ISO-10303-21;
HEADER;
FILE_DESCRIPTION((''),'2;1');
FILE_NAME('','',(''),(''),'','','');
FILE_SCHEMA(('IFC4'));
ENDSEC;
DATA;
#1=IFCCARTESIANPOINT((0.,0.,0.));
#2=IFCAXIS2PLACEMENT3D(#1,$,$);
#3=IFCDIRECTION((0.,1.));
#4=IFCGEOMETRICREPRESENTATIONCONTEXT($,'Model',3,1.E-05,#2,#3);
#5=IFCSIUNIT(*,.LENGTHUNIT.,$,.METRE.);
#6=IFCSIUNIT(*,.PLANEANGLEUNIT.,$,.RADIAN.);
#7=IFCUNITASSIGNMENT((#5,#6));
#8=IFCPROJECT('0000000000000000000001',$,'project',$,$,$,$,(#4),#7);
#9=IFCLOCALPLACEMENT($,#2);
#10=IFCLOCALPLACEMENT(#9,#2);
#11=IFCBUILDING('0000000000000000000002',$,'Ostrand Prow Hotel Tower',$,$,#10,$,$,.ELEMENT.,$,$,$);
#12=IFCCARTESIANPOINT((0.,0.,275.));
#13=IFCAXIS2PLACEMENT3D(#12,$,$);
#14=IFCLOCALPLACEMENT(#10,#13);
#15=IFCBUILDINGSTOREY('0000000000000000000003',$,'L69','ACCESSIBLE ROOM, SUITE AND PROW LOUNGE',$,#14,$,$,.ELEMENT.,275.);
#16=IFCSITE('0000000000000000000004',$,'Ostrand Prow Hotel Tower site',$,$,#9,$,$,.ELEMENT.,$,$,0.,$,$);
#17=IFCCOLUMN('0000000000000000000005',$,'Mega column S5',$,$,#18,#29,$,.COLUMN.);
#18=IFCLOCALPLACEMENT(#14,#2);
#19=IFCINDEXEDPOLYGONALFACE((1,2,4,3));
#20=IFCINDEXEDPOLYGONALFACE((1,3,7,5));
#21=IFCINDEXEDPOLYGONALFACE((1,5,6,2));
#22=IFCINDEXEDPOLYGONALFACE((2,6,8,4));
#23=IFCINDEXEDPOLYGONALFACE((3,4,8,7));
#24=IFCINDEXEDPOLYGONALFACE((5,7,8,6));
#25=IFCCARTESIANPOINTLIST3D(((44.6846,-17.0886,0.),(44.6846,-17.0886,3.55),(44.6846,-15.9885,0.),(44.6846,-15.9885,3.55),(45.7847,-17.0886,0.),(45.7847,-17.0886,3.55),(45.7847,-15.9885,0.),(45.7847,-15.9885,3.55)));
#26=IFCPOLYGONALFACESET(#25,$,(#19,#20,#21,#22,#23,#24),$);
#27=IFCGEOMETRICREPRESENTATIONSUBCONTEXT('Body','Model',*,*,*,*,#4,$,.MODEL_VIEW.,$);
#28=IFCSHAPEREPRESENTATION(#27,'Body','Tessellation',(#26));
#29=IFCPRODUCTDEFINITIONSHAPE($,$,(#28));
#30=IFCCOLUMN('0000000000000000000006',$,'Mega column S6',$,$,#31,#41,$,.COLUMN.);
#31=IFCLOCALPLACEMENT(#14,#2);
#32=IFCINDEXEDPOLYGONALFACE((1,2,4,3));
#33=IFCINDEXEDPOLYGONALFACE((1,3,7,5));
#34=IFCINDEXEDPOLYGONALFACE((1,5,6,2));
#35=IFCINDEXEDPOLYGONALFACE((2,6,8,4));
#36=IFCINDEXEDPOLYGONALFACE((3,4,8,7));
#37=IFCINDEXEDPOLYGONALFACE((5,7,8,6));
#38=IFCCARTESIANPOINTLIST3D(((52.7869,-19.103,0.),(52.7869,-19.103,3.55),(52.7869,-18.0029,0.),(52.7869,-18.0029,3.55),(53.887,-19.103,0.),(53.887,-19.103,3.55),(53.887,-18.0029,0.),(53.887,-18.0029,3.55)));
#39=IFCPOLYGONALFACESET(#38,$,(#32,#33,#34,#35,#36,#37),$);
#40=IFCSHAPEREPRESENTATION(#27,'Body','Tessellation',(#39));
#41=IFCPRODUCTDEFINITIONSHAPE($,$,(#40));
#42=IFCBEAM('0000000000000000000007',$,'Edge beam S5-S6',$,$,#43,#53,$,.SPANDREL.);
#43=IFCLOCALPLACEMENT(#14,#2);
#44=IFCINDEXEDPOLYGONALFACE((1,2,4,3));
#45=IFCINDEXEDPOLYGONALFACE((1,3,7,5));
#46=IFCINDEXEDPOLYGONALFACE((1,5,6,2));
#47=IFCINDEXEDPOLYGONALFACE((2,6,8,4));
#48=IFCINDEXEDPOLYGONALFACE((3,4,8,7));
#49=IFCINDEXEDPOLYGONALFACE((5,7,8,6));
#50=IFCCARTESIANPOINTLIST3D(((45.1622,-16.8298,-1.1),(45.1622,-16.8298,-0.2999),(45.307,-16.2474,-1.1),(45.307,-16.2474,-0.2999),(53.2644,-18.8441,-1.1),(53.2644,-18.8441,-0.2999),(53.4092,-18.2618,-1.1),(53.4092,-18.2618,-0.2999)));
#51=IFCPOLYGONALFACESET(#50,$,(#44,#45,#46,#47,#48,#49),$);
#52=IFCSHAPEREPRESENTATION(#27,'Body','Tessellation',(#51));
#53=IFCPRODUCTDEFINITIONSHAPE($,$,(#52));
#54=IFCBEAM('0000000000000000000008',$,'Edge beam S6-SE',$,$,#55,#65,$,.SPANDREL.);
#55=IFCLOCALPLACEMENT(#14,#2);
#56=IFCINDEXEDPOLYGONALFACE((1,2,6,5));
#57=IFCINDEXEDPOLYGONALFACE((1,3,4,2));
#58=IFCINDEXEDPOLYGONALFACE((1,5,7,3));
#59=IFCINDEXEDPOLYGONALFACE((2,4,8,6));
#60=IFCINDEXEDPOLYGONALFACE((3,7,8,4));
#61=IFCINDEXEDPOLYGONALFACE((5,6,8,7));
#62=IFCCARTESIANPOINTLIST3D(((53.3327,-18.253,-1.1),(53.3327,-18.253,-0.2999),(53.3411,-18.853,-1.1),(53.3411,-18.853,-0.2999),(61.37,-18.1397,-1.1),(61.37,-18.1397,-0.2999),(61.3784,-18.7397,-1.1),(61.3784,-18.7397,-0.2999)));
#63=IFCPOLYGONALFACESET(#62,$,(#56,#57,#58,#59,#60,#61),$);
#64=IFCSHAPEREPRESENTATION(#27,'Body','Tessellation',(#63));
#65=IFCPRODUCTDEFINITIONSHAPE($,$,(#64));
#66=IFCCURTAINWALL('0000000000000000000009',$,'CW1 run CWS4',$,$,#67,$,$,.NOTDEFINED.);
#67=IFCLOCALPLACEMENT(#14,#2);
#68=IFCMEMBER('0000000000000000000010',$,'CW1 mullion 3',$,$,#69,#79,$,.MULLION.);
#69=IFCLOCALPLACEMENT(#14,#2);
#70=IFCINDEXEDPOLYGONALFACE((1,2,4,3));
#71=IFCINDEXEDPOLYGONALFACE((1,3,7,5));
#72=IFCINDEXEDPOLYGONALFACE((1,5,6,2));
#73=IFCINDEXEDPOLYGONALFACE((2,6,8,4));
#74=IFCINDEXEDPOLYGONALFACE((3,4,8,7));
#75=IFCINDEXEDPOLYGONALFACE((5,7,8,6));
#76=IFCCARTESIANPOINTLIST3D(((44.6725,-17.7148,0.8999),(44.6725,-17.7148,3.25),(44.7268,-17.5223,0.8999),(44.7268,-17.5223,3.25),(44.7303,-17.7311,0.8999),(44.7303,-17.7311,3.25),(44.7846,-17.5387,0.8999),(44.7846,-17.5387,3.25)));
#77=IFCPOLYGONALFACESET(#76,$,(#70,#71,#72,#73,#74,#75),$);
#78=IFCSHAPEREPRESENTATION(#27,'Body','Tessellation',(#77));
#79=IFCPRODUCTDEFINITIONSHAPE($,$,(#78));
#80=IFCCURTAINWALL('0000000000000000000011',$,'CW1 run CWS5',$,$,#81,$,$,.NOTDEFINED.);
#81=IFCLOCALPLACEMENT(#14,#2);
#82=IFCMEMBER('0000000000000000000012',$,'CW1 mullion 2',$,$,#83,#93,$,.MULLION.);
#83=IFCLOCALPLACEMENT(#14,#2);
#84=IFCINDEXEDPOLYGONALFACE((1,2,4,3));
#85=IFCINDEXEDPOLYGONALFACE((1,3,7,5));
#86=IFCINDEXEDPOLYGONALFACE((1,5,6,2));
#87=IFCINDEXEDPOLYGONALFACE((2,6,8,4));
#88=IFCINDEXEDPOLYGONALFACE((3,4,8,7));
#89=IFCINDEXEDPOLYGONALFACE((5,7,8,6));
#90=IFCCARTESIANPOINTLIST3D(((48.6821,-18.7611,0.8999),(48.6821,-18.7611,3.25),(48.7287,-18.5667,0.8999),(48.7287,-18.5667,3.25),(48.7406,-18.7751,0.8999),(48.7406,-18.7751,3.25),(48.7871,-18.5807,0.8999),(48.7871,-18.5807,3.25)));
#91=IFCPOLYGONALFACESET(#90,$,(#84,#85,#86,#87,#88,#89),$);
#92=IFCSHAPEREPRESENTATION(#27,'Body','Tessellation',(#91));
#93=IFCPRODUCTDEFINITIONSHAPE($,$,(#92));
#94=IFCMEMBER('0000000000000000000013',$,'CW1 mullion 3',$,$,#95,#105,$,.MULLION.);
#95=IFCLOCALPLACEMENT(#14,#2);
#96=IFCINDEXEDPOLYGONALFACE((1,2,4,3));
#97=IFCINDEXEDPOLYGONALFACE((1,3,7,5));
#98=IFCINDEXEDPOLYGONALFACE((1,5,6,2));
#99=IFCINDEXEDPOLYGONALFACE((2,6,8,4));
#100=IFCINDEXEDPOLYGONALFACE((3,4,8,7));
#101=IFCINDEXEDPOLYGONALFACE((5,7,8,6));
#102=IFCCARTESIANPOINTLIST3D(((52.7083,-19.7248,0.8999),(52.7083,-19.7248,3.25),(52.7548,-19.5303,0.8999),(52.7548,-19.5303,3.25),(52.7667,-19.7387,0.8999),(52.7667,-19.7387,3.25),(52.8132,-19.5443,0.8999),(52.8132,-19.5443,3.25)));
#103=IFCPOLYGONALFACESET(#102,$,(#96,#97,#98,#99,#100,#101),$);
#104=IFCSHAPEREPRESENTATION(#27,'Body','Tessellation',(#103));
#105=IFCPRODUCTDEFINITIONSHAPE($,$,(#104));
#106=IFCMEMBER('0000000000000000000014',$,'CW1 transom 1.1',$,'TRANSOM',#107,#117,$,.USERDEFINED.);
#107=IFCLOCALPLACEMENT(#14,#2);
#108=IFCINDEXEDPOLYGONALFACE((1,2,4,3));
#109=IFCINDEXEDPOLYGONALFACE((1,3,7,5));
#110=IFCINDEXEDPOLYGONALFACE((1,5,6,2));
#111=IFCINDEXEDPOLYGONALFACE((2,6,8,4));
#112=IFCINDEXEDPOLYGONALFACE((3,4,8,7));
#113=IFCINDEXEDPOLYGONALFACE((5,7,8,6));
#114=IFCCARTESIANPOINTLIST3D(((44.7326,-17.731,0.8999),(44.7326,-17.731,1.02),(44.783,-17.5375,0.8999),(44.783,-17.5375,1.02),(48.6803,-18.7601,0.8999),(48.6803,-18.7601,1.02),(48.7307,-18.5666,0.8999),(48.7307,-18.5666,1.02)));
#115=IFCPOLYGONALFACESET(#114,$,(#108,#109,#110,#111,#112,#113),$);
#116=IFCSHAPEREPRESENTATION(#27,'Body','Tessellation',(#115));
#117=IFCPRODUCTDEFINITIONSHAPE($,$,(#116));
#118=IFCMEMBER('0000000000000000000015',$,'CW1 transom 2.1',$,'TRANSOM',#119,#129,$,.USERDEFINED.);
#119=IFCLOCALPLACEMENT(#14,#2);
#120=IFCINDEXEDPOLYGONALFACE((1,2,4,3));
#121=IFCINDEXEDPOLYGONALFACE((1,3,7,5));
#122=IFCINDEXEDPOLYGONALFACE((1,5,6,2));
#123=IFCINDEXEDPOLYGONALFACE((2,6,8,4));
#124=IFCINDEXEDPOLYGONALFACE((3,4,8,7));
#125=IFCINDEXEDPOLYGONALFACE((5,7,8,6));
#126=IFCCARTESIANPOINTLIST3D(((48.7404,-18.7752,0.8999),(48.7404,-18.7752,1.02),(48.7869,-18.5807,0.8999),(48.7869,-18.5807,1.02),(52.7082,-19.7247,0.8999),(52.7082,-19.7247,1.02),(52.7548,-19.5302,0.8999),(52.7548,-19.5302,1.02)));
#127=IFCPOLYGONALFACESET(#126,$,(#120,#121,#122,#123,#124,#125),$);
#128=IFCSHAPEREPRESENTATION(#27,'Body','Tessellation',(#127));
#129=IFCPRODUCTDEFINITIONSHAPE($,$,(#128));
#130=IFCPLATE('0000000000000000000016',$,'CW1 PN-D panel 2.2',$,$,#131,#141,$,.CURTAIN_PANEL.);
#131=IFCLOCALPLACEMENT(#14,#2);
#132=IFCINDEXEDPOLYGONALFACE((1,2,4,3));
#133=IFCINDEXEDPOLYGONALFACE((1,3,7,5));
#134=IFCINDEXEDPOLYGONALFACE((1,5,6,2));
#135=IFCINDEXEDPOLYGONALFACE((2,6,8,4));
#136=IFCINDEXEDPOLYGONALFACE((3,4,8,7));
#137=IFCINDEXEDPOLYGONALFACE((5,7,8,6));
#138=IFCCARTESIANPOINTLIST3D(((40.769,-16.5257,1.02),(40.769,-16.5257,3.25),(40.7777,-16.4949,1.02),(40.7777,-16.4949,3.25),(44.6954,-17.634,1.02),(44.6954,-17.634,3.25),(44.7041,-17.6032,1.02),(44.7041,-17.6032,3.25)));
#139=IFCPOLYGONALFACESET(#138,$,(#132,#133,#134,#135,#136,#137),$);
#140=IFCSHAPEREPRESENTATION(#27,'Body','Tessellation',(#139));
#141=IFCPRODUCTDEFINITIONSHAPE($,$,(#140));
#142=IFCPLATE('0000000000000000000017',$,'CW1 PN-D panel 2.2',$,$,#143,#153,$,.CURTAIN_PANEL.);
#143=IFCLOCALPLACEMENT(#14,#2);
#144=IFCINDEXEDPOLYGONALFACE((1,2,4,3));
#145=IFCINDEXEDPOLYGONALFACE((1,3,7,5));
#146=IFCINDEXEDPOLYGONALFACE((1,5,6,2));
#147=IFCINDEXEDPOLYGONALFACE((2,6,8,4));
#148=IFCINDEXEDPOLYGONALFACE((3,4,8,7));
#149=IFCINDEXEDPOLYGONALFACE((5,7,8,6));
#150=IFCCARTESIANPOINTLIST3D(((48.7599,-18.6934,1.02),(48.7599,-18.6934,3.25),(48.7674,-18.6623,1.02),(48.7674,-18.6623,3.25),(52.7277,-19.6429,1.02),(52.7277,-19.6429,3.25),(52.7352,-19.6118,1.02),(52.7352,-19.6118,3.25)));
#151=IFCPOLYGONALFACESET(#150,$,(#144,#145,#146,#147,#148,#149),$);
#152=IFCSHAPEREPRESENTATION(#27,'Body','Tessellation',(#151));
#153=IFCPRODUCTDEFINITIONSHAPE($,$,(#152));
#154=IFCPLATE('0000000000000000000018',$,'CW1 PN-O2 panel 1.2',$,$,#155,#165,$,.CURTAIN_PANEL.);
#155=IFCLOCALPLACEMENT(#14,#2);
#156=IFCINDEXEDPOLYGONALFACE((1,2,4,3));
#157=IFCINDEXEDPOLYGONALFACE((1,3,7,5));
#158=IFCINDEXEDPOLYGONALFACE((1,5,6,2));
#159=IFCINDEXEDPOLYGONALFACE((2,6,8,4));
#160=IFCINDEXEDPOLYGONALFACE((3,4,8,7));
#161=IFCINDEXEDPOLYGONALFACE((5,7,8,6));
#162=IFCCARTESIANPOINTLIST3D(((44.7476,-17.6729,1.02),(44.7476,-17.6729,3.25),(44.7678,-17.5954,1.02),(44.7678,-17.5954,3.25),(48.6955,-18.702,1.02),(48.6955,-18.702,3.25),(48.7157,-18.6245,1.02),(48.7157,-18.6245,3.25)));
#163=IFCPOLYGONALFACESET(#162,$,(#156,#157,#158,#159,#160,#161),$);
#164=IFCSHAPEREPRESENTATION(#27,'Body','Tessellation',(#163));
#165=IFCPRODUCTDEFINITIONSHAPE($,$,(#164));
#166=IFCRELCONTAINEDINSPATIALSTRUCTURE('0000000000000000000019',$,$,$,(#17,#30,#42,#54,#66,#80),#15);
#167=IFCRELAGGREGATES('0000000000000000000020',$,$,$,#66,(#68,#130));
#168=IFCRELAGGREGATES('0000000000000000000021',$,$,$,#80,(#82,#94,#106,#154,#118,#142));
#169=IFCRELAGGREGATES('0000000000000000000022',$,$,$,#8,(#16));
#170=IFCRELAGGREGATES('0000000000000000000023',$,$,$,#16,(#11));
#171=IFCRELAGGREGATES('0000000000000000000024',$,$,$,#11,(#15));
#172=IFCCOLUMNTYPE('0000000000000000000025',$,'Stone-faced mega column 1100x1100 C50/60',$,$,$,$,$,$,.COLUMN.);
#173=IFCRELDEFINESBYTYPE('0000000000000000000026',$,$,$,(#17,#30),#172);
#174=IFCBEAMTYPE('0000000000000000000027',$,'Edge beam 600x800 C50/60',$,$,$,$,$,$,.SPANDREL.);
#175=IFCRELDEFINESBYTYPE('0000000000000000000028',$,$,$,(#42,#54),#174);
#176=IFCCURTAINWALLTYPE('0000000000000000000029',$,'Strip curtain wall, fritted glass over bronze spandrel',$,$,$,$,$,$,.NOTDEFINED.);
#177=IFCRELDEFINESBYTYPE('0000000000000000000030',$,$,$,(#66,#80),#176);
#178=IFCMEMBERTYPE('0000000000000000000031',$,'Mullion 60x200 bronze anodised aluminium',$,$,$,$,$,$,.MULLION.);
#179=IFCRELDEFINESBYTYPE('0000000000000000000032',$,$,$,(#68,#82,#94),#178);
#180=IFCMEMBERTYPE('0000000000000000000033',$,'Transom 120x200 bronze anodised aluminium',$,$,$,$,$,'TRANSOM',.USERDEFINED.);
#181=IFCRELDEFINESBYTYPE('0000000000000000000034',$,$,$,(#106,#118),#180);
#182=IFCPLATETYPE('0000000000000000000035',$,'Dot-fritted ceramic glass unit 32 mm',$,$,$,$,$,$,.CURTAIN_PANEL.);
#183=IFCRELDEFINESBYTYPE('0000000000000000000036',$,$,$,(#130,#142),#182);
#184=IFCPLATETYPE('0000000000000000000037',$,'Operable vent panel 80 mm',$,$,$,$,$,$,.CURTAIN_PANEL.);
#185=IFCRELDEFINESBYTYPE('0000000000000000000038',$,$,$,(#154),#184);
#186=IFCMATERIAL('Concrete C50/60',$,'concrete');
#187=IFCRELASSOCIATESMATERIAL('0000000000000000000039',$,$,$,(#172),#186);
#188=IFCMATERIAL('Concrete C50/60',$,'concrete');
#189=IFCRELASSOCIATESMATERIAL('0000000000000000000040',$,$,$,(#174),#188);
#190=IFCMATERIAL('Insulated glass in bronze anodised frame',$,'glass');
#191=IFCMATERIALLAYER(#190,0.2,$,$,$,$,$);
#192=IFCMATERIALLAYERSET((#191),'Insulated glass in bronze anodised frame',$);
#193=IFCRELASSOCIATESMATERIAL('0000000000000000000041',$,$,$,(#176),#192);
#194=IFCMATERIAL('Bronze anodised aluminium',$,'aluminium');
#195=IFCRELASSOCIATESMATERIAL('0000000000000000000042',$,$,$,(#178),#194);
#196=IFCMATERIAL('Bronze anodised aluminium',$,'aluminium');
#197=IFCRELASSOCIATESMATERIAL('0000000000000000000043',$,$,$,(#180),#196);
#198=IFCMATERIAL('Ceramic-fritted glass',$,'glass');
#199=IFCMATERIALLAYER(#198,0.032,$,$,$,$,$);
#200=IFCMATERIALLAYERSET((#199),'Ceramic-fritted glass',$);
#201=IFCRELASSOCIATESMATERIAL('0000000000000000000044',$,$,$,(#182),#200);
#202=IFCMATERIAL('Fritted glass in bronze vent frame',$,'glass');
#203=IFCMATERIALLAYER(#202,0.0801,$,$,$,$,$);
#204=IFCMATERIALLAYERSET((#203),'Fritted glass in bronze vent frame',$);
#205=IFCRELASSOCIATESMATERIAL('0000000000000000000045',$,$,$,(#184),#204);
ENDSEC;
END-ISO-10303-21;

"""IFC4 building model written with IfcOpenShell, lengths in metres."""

from ifc_helpers import new_model, si_unit, direction, frame, origin, origin_2d, place, context, subcontext, project, spatial, rectangle, extrude, material, layer, layer_set, material_profile, profile_set, type_object, element, aggregate, save


model = new_model("IFC4")

# Units and contexts
model_context = context("Model", 3, precision=1e-05, world=origin(), true_north=direction((0.0, 1.0)))
body_context = subcontext(model_context, "Body", "Model", "MODEL_VIEW")
ifc_project = project(units=[si_unit("LENGTHUNIT", "METRE"), si_unit("PLANEANGLEUNIT", "RADIAN")], contexts=[model_context])

# Site, building, storey
site_placement = place(None, origin())
site = spatial("IfcSite", under=ifc_project, at=site_placement, Name="Ostrand Prow Hotel Tower site", CompositionType="ELEMENT", RefElevation=0.0)
building_placement = place(site_placement, origin())
building = spatial("IfcBuilding", under=site, at=building_placement, Name="Ostrand Prow Hotel Tower", CompositionType="ELEMENT")
storey_placement = place(building_placement, frame((0.0, 0.0, 275.0)))
storey = spatial("IfcBuildingStorey", under=building, at=storey_placement, Name="L69", Description="ACCESSIBLE ROOM, SUITE AND PROW LOUNGE", CompositionType="ELEMENT", Elevation=275.0)

# Columns
ifc_material_1 = material(Name="Concrete C50/60", Category="concrete")
ifc_material_profile_1 = material_profile(ifc_material_1, rectangle(XDim=1.1001, YDim=1.1001, at=origin_2d()), Name="RC 1100x1100")
ifc_profile_set_1 = profile_set([ifc_material_profile_1], Name="Concrete C50/60")
column_type = type_object("IfcColumnType", Name="Stone-faced mega column 1100x1100 C50/60", PredefinedType="COLUMN", material=ifc_profile_set_1)
for number, where, z_axis, x_axis, name in (
    (1, (45.2346, -16.5386, 0.0), (0.0, 0.0, 1.0), (1.0, 0.0, 0.0), "Mega column S5"),
    (2, (53.3369, -18.553, 0.0), (0.0, 0.0, 1.0), (1.0, 0.0, 0.0), "Mega column S6"),
):
    element("IfcColumn", number, at=place(storey_placement, frame(where, z_axis=z_axis, x_axis=x_axis)), inside=storey, type_object=column_type, Name=name, PredefinedType="COLUMN", context=body_context, shape_type="SweptSolid", body=[
        extrude(rectangle(XDim=1.1001, YDim=1.1001, at=origin_2d()), origin(), (0.0, 0.0, 1.0), 3.55),
    ])

# Beams
ifc_material_2 = material(Name="Concrete C50/60", Category="concrete")
ifc_material_profile_2 = material_profile(ifc_material_2, rectangle(XDim=0.6001, YDim=0.8, at=origin_2d()), Name="RC 600x800")
ifc_profile_set_2 = profile_set([ifc_material_profile_2], Name="Concrete C50/60")
beam_type = type_object("IfcBeamType", Name="Edge beam 600x800 C50/60", PredefinedType="SPANDREL", material=ifc_profile_set_2)
beam_1_placement = place(storey_placement, frame((45.2346, -16.5386, -0.7), z_axis=(0.970456, -0.241276, 0.0), x_axis=(0.241276, 0.970456, 0.0)))
element("IfcBeam", 3, at=beam_1_placement, inside=storey, type_object=beam_type, Name="Edge beam S5-S6", PredefinedType="SPANDREL", context=body_context, shape_type="SweptSolid", body=[
    extrude(rectangle(XDim=0.6001, YDim=0.8, at=origin_2d()), origin(), (0.0, 0.0, 1.0), 8.3489),
])
beam_2_placement = place(storey_placement, frame((53.3369, -18.553, -0.7), z_axis=(0.999901, 0.014093, 0.0), x_axis=(-0.014093, 0.999901, 0.0)))
element("IfcBeam", 4, at=beam_2_placement, inside=storey, type_object=beam_type, Name="Edge beam S6-SE", PredefinedType="SPANDREL", context=body_context, shape_type="SweptSolid", body=[
    extrude(rectangle(XDim=0.6001, YDim=0.8, at=origin_2d()), origin(), (0.0, 0.0, 1.0), 8.0381),
])

# Curtain wall, member
ifc_material_3 = material(Name="Insulated glass in bronze anodised frame", Category="glass")
ifc_layer_1 = layer(ifc_material_3, 0.2)
ifc_layer_set_1 = layer_set([ifc_layer_1], Name="Insulated glass in bronze anodised frame")
curtain_wall_type = type_object("IfcCurtainWallType", Name="Strip curtain wall, fritted glass over bronze spandrel", PredefinedType="NOTDEFINED", material=ifc_layer_set_1)
curtain_wall_1_placement = place(storey_placement, origin())
curtain_wall_1 = element("IfcCurtainWall", 5, at=curtain_wall_1_placement, inside=storey, type_object=curtain_wall_type, Name="CW1 run CWS4", PredefinedType="NOTDEFINED")
ifc_material_4 = material(Name="Bronze anodised aluminium", Category="aluminium")
ifc_material_profile_3 = material_profile(ifc_material_4, rectangle(XDim=0.2, YDim=0.0601, at=origin_2d()), Name="Mullion 60x200 bronze anodised aluminium")
ifc_profile_set_3 = profile_set([ifc_material_profile_3], Name="Bronze anodised aluminium")
member_type_1 = type_object("IfcMemberType", Name="Mullion 60x200 bronze anodised aluminium", PredefinedType="MULLION", material=ifc_profile_set_3)
member_1_placement = place(storey_placement, frame((44.7285, -17.6267, 0.8999), z_axis=(0.0, 0.0, 1.0), x_axis=(0.271649, 0.962396, 0.0)))
member_1 = element("IfcMember", 6, at=member_1_placement, type_object=member_type_1, Name="CW1 mullion 3", PredefinedType="MULLION", context=body_context, shape_type="SweptSolid", body=[
    extrude(rectangle(XDim=0.2, YDim=0.0601, at=origin_2d()), origin(), (0.0, 0.0, 1.0), 2.3501),
])

# Curtain wall, members
curtain_wall_2_placement = place(storey_placement, origin())
curtain_wall_2 = element("IfcCurtainWall", 7, at=curtain_wall_2_placement, inside=storey, type_object=curtain_wall_type, Name="CW1 run CWS5", PredefinedType="NOTDEFINED")
member_2_placement = place(storey_placement, frame((48.7346, -18.6709, 0.8999), z_axis=(0.0, 0.0, 1.0), x_axis=(0.232746, 0.972538, 0.0)))
member_2 = element("IfcMember", 8, at=member_2_placement, type_object=member_type_1, Name="CW1 mullion 2", PredefinedType="MULLION", context=body_context, shape_type="SweptSolid", body=[
    extrude(rectangle(XDim=0.2, YDim=0.0601, at=origin_2d()), origin(), (0.0, 0.0, 1.0), 2.3501),
])
member_3_placement = place(storey_placement, frame((52.7607, -19.6345, 0.8999), z_axis=(0.0, 0.0, 1.0), x_axis=(0.232746, 0.972538, 0.0)))
member_3 = element("IfcMember", 9, at=member_3_placement, type_object=member_type_1, Name="CW1 mullion 3", PredefinedType="MULLION", context=body_context, shape_type="SweptSolid", body=[
    extrude(rectangle(XDim=0.2, YDim=0.0601, at=origin_2d()), origin(), (0.0, 0.0, 1.0), 2.3501),
])
ifc_material_5 = material(Name="Bronze anodised aluminium", Category="aluminium")
ifc_material_profile_4 = material_profile(ifc_material_5, rectangle(XDim=0.2, YDim=0.1201, at=origin_2d()), Name="Transom 120x200 bronze anodised aluminium")
ifc_profile_set_4 = profile_set([ifc_material_profile_4], Name="Bronze anodised aluminium")
member_type_2 = type_object("IfcMemberType", Name="Transom 120x200 bronze anodised aluminium", ElementType="TRANSOM", PredefinedType="USERDEFINED", material=ifc_profile_set_4)
member_4_placement = place(storey_placement, frame((44.7578, -17.6343, 0.96), z_axis=(0.967665, -0.252239, 0.0), x_axis=(0.252239, 0.967665, 0.0)))
member_4 = element("IfcMember", 10, at=member_4_placement, type_object=member_type_2, Name="CW1 transom 1.1", ObjectType="TRANSOM", PredefinedType="USERDEFINED", context=body_context, shape_type="SweptSolid", body=[
    extrude(rectangle(XDim=0.2, YDim=0.1201, at=origin_2d()), origin(), (0.0, 0.0, 1.0), 4.0796),
])
member_5_placement = place(storey_placement, frame((48.7637, -18.678, 0.96), z_axis=(0.972543, -0.232723, 0.0), x_axis=(0.232723, 0.972543, 0.0)))
member_5 = element("IfcMember", 11, at=member_5_placement, type_object=member_type_2, Name="CW1 transom 2.1", ObjectType="TRANSOM", PredefinedType="USERDEFINED", context=body_context, shape_type="SweptSolid", body=[
    extrude(rectangle(XDim=0.2, YDim=0.1201, at=origin_2d()), origin(), (0.0, 0.0, 1.0), 4.0798),
])

# Plates
ifc_material_6 = material(Name="Ceramic-fritted glass", Category="glass")
ifc_layer_2 = layer(ifc_material_6, 0.032)
ifc_layer_set_2 = layer_set([ifc_layer_2], Name="Ceramic-fritted glass")
plate_type_1 = type_object("IfcPlateType", Name="Dot-fritted ceramic glass unit 32 mm", PredefinedType="CURTAIN_PANEL", material=ifc_layer_set_2)
plate_1_placement = place(storey_placement, frame((42.7366, -17.0645, 1.02), z_axis=(0.0, 0.0, 1.0), x_axis=(0.962396, -0.271649, 0.0)))
plate_1 = element("IfcPlate", 12, at=plate_1_placement, type_object=plate_type_1, Name="CW1 PN-D panel 2.2", PredefinedType="CURTAIN_PANEL", context=body_context, shape_type="SweptSolid", body=[
    extrude(rectangle(XDim=4.0798, YDim=0.032, at=origin_2d()), origin(), (0.0, 0.0, 1.0), 2.23),
])
aggregate(curtain_wall_1, [member_1, plate_1])
plate_2_placement = place(storey_placement, frame((50.7476, -19.1526, 1.02), z_axis=(0.0, 0.0, 1.0), x_axis=(0.972538, -0.232746, 0.0)))
plate_2 = element("IfcPlate", 13, at=plate_2_placement, type_object=plate_type_1, Name="CW1 PN-D panel 2.2", PredefinedType="CURTAIN_PANEL", context=body_context, shape_type="SweptSolid", body=[
    extrude(rectangle(XDim=4.0798, YDim=0.032, at=origin_2d()), origin(), (0.0, 0.0, 1.0), 2.23),
])
ifc_material_7 = material(Name="Fritted glass in bronze vent frame", Category="glass")
ifc_layer_3 = layer(ifc_material_7, 0.0801)
ifc_layer_set_3 = layer_set([ifc_layer_3], Name="Fritted glass in bronze vent frame")
plate_type_2 = type_object("IfcPlateType", Name="Operable vent panel 80 mm", PredefinedType="CURTAIN_PANEL", material=ifc_layer_set_3)
plate_3_placement = place(storey_placement, frame((46.7317, -18.1487, 1.02), z_axis=(0.0, 0.0, 1.0), x_axis=(0.967663, -0.252248, 0.0)))
plate_3 = element("IfcPlate", 14, at=plate_3_placement, type_object=plate_type_2, Name="CW1 PN-O2 panel 1.2", PredefinedType="CURTAIN_PANEL", context=body_context, shape_type="SweptSolid", body=[
    extrude(rectangle(XDim=4.0798, YDim=0.0801, at=origin_2d()), origin(), (0.0, 0.0, 1.0), 2.23),
])
aggregate(curtain_wall_2, [member_2, member_3, member_4, plate_3, member_5, plate_2])

save(model, "model.ifc")
